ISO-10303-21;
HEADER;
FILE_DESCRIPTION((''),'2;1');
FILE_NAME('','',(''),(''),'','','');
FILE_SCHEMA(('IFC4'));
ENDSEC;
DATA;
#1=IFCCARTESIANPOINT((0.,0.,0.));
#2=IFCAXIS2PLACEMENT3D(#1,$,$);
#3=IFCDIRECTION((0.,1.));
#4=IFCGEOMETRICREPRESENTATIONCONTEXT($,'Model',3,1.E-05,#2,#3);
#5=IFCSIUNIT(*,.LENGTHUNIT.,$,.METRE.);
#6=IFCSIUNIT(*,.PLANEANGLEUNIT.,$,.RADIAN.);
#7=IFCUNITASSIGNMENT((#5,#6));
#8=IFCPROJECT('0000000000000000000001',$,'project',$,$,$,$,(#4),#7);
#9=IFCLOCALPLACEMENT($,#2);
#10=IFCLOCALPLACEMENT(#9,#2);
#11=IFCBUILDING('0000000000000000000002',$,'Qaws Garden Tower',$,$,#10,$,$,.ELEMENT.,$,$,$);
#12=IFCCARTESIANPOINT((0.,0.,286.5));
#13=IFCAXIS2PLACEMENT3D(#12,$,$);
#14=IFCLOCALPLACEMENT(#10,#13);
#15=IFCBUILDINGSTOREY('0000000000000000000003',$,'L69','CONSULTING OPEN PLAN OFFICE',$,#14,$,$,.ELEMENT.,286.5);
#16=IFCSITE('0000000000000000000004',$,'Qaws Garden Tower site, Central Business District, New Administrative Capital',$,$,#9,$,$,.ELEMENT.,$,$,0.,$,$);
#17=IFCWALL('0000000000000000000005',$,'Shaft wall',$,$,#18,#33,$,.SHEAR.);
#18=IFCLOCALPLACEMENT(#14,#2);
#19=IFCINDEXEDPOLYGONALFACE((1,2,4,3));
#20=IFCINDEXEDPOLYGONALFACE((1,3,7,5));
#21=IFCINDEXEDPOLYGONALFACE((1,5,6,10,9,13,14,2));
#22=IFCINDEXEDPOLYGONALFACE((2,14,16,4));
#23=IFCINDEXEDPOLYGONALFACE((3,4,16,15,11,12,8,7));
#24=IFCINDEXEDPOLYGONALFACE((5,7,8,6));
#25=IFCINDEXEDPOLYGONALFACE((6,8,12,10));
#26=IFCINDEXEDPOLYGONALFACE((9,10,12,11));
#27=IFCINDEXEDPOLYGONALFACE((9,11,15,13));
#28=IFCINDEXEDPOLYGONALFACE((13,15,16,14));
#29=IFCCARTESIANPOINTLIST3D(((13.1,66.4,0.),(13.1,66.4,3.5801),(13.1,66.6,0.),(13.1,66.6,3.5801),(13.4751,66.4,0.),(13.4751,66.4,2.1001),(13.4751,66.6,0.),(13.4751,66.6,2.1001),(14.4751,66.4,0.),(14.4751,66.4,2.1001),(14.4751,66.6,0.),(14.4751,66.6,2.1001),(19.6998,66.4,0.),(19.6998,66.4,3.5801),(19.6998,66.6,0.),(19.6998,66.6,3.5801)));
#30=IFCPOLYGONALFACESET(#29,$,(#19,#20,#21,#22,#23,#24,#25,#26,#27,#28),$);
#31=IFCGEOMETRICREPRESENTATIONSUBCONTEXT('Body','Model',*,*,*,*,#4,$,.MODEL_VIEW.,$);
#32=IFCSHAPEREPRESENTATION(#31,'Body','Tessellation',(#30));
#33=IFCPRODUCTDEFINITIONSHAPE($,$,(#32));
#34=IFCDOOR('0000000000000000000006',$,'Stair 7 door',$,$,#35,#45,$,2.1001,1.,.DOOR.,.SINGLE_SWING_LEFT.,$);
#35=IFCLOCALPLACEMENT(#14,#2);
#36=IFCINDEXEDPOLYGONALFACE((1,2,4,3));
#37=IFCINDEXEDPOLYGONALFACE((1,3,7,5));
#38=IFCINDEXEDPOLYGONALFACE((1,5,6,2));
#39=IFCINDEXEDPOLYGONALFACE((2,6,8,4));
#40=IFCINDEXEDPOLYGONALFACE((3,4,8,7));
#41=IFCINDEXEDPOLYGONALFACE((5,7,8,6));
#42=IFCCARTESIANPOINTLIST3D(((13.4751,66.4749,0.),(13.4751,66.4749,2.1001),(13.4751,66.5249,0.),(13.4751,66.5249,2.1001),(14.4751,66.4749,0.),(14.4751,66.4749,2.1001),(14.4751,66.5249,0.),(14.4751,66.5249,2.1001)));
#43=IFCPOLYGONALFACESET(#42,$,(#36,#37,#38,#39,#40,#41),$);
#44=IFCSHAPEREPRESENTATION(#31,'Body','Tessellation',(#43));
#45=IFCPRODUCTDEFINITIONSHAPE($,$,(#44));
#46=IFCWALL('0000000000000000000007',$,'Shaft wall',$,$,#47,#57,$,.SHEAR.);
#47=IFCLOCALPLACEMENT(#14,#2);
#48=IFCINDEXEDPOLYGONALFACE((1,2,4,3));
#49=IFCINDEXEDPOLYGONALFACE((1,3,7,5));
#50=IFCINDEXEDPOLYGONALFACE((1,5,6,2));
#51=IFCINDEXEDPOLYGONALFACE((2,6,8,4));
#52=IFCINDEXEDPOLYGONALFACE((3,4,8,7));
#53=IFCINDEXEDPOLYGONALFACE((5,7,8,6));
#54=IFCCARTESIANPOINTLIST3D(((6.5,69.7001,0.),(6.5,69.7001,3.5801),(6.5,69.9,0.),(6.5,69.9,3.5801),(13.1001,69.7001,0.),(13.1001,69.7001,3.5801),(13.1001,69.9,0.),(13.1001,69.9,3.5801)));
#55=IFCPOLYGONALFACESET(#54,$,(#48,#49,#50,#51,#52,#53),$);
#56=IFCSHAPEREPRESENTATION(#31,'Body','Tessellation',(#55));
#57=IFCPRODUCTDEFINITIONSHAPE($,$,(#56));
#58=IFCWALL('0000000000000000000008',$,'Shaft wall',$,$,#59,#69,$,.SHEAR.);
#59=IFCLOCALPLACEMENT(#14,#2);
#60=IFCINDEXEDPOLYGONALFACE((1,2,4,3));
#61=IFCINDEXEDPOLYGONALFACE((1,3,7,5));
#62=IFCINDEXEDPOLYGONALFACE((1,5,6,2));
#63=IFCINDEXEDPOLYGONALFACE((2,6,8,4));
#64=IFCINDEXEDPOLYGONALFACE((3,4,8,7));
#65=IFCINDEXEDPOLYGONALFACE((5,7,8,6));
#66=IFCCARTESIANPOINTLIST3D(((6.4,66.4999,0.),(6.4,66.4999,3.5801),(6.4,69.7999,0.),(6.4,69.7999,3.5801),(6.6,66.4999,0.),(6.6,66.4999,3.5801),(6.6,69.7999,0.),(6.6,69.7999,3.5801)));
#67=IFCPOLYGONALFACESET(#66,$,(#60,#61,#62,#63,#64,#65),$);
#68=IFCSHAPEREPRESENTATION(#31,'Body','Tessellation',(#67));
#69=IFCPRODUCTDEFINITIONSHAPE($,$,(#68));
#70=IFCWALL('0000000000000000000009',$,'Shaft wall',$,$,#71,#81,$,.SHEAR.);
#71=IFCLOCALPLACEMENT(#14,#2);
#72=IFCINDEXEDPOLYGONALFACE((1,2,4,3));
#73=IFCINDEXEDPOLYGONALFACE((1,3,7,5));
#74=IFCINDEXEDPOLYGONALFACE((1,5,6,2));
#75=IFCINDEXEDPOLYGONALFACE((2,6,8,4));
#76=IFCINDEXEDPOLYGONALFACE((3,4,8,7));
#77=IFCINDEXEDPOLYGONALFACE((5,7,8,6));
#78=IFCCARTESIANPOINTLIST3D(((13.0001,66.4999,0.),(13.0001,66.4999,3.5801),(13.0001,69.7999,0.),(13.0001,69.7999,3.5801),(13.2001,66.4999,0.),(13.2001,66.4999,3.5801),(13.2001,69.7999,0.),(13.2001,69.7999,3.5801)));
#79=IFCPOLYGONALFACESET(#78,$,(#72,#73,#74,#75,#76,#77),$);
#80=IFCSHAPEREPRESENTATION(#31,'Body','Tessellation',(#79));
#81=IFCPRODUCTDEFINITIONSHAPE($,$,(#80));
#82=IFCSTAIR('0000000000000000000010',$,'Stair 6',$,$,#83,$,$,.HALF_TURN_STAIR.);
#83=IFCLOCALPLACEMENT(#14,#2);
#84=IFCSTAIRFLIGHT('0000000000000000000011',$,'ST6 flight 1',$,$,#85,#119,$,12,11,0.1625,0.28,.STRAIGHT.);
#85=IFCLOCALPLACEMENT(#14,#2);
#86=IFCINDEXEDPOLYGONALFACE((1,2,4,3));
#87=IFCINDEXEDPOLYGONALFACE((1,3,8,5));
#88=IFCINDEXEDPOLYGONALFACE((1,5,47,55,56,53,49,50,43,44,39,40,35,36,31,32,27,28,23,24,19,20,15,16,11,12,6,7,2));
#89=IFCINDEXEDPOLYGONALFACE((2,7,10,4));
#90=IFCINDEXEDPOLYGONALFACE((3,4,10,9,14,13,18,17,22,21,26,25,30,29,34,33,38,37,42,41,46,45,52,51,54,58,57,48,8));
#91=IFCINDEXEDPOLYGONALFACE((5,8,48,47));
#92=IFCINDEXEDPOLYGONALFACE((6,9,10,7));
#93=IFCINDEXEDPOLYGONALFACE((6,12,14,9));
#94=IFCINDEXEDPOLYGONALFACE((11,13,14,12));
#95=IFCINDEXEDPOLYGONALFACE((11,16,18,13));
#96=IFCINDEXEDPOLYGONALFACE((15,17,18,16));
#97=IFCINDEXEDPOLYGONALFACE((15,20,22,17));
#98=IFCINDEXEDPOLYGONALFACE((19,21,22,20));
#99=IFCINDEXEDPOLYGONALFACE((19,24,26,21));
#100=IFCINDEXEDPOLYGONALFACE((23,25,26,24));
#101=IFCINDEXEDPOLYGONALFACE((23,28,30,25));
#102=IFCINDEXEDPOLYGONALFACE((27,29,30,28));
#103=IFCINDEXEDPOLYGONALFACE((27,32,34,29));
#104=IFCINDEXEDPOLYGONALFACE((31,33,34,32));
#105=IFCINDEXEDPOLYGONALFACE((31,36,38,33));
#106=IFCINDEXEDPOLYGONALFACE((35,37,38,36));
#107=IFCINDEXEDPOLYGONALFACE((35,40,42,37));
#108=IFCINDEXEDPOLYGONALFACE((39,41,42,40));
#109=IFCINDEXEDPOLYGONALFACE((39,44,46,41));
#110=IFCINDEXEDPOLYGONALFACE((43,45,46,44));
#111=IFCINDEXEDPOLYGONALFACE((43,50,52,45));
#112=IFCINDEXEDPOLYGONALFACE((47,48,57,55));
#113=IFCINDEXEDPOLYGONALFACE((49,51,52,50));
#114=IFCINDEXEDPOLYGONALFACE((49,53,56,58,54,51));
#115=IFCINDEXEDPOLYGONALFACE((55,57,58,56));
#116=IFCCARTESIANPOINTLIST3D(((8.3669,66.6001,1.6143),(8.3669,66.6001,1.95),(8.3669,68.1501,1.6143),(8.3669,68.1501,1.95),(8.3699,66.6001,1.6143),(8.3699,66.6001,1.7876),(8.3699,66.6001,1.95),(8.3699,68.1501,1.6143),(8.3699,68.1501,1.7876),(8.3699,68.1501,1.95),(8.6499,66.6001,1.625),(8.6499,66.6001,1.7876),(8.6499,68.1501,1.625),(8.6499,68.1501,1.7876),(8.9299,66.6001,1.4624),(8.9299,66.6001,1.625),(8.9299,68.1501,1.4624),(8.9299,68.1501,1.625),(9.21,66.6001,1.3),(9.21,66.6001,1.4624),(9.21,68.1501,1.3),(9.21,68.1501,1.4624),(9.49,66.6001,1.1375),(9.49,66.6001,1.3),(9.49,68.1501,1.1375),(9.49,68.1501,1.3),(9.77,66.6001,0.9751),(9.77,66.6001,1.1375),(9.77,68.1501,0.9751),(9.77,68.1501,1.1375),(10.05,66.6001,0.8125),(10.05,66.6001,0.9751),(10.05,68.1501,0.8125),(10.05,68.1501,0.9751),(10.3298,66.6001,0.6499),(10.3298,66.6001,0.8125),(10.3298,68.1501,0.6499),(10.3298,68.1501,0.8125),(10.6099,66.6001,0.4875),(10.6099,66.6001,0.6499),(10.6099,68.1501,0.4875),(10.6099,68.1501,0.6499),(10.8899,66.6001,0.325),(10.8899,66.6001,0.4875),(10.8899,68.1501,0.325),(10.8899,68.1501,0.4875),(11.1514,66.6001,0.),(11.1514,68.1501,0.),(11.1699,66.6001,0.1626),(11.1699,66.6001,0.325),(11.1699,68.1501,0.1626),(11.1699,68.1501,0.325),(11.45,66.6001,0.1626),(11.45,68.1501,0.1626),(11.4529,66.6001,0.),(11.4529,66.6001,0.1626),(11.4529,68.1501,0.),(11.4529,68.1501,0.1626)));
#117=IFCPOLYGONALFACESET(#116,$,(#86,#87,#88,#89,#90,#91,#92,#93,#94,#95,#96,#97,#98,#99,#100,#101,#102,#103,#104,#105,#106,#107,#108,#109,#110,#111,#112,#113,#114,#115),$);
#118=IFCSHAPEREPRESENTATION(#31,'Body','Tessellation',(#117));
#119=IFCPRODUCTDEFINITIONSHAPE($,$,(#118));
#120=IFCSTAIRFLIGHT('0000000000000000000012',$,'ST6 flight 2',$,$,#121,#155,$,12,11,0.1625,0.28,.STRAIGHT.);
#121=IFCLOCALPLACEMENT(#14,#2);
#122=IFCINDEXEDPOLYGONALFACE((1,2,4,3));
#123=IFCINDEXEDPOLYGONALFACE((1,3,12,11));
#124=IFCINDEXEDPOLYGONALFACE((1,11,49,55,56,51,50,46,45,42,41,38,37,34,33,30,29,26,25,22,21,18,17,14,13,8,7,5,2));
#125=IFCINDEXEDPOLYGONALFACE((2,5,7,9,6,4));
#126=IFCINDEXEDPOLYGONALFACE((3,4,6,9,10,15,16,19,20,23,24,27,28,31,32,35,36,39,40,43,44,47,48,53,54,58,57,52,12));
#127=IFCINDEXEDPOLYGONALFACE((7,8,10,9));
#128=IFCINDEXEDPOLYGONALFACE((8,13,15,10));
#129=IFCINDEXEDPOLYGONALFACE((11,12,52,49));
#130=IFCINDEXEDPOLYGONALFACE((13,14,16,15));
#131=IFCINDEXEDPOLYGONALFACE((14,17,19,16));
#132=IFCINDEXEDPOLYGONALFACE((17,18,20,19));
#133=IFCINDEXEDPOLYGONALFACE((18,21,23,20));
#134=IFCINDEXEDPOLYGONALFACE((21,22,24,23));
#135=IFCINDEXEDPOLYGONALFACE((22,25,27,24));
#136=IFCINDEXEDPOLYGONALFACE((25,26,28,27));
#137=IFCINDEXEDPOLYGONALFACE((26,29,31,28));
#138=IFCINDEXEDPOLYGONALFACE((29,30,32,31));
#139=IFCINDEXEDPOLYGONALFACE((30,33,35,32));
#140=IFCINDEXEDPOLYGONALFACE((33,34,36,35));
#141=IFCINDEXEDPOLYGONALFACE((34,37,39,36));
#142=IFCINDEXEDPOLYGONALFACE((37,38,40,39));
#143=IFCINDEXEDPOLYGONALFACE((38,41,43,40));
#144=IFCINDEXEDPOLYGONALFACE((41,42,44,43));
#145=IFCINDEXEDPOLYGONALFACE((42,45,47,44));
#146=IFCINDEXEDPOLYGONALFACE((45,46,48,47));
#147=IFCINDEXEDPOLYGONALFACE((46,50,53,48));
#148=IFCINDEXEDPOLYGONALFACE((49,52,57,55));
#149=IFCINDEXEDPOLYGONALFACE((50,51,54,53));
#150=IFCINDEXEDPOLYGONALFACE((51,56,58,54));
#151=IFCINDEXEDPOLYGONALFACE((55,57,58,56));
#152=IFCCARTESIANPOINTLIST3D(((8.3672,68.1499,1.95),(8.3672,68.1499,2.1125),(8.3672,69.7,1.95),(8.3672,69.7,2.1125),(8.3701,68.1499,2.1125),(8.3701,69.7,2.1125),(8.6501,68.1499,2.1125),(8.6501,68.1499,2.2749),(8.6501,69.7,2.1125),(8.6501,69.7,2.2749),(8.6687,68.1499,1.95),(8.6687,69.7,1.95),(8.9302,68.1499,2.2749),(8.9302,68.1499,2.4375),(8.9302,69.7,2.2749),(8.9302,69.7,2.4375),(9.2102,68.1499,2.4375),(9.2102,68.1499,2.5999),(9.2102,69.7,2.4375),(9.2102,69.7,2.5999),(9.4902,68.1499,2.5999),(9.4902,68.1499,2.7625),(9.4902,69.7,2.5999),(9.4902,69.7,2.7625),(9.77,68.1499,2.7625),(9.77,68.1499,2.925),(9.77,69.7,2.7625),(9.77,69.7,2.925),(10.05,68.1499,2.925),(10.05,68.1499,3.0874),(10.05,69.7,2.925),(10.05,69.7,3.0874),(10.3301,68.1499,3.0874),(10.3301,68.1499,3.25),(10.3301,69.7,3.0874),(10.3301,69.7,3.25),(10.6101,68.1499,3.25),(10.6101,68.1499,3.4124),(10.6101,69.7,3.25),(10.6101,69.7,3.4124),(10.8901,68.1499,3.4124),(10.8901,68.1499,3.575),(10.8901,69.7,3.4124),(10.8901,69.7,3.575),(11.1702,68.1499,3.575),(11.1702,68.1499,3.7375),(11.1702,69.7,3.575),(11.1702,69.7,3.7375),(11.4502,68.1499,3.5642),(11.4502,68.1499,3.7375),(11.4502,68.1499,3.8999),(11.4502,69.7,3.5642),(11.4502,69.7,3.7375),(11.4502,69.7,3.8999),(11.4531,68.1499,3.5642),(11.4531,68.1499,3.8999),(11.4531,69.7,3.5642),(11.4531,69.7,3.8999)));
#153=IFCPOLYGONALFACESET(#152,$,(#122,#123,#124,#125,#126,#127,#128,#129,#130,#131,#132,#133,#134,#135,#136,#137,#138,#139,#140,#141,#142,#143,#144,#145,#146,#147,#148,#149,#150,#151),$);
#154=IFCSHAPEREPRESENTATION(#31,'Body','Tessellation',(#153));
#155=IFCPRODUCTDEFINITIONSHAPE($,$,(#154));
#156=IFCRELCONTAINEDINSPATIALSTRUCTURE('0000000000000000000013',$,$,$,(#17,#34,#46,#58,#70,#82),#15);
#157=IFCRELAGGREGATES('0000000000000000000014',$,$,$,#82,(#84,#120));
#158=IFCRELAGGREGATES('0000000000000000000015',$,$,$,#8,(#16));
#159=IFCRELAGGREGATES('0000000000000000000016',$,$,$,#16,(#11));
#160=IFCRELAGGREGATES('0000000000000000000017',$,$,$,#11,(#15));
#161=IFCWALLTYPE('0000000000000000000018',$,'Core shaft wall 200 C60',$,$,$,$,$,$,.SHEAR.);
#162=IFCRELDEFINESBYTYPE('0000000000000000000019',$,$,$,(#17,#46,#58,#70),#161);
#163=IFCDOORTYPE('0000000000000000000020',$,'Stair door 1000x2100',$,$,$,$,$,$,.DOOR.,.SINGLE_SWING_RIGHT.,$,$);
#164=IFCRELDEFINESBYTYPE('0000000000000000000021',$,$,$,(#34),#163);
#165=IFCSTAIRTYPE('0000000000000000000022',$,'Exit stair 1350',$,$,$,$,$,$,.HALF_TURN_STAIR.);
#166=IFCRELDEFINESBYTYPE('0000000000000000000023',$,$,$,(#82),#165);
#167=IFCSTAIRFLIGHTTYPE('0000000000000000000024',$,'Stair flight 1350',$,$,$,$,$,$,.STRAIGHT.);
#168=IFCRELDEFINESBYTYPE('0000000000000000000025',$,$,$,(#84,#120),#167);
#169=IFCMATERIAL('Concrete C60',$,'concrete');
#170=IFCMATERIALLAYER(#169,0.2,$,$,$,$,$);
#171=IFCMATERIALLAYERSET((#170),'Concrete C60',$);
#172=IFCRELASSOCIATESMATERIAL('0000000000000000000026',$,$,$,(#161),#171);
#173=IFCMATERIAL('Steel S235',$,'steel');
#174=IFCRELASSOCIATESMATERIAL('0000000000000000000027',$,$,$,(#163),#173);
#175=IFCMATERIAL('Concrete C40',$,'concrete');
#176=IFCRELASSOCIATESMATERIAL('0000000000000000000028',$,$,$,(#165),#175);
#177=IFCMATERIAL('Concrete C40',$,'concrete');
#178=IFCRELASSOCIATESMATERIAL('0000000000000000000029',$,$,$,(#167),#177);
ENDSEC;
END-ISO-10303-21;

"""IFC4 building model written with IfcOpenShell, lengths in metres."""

from ifc_helpers import new_model, si_unit, direction, frame, frame_2d, origin, place, context, subcontext, project, spatial, polyline, rectangle, outline, extrude, material, layer, layer_set, type_object, element, fill, aggregate, save


model = new_model("IFC4")

# Units and contexts
model_context = context("Model", 3, precision=1e-05, world=origin(), true_north=direction((0.0, 1.0)))
body_context = subcontext(model_context, "Body", "Model", "MODEL_VIEW")
ifc_project = project(units=[si_unit("LENGTHUNIT", "METRE"), si_unit("PLANEANGLEUNIT", "RADIAN")], contexts=[model_context])

# Site, building, storey
site_placement = place(None, origin())
site = spatial("IfcSite", under=ifc_project, at=site_placement, Name="Qaws Garden Tower site, Central Business District, New Administrative Capital", CompositionType="ELEMENT", RefElevation=0.0)
building_placement = place(site_placement, origin())
building = spatial("IfcBuilding", under=site, at=building_placement, Name="Qaws Garden Tower", CompositionType="ELEMENT")
storey_placement = place(building_placement, frame((0.0, 0.0, 286.5)))
storey = spatial("IfcBuildingStorey", under=building, at=storey_placement, Name="L69", Description="CONSULTING OPEN PLAN OFFICE", CompositionType="ELEMENT", Elevation=286.5)

# Wall, opening, door
ifc_material_1 = material(Name="Concrete C60", Category="concrete")
ifc_layer_1 = layer(ifc_material_1, 0.2)
ifc_layer_set_1 = layer_set([ifc_layer_1], Name="Concrete C60")
wall_type_1 = type_object("IfcWallType", Name="Core shaft wall 200 C60", PredefinedType="SHEAR", material=ifc_layer_set_1)
ifc_material_2 = material(Name="Steel S235", Category="steel")
door_type = type_object("IfcDoorType", Name="Stair door 1000x2100", OperationType="SINGLE_SWING_RIGHT", PredefinedType="DOOR", material=ifc_material_2)
wall_1_placement = place(storey_placement, frame((13.1001, 66.5, 0.0), z_axis=(0.0, 0.0, 1.0), x_axis=(1.0, 0.0, 0.0)))
wall_1 = element("IfcWall", 1, at=wall_1_placement, inside=storey, type_object=wall_type_1, Name="Shaft wall", PredefinedType="SHEAR", context=body_context, shape_type="SweptSolid", body=[
    extrude(rectangle(XDim=6.5999, YDim=0.2, at=frame_2d((3.2998, 0.0))), origin(), (0.0, 0.0, 1.0), 3.5801),
])
opening_1_placement = place(wall_1_placement, frame((0.375, 0.0, 0.0)))
opening_1 = element("IfcOpeningElement", 2, at=opening_1_placement, cuts=wall_1, PredefinedType="OPENING", context=body_context, shape_type="SweptSolid", body=[
    extrude(rectangle(XDim=1.0, YDim=2.1001, at=frame_2d((0.5, 1.05))), frame((0.0, 0.1099, 0.0), z_axis=(0.0, -1.0, 0.0), x_axis=(1.0, 0.0, 0.0)), (0.0, 0.0, 1.0), 0.22),
])
door_1_placement = place(opening_1_placement, origin())
door_1 = element("IfcDoor", 3, at=door_1_placement, inside=storey, type_object=door_type, Name="Stair 7 door", OperationType="SINGLE_SWING_LEFT", OverallHeight=2.1001, OverallWidth=1.0, PredefinedType="DOOR", context=body_context, shape_type="SweptSolid", body=[
    extrude(rectangle(XDim=1.0, YDim=2.1001, at=frame_2d((0.5, 1.05))), frame((0.0, 0.0249, 0.0), z_axis=(0.0, -1.0, 0.0), x_axis=(1.0, 0.0, 0.0)), (0.0, 0.0, 1.0), 0.05),
])
fill(opening_1, door_1)

# Walls
wall_2_placement = place(storey_placement, frame((6.5, 69.8, 0.0), z_axis=(0.0, 0.0, 1.0), x_axis=(1.0, 0.0, 0.0)))
element("IfcWall", 4, at=wall_2_placement, inside=storey, type_object=wall_type_1, Name="Shaft wall", PredefinedType="SHEAR", context=body_context, shape_type="SweptSolid", body=[
    extrude(rectangle(XDim=6.6001, YDim=0.2, at=frame_2d((3.3, 0.0))), origin(), (0.0, 0.0, 1.0), 3.5801),
])
for number, where, z_axis, x_axis, name in (
    (5, (6.5, 66.5, 0.0), (0.0, 0.0, 1.0), (0.0, 1.0, 0.0), "Shaft wall"),
    (6, (13.1001, 66.5, 0.0), (0.0, 0.0, 1.0), (0.0, 1.0, 0.0), "Shaft wall"),
):
    element("IfcWall", number, at=place(storey_placement, frame(where, z_axis=z_axis, x_axis=x_axis)), inside=storey, type_object=wall_type_1, Name=name, PredefinedType="SHEAR", context=body_context, shape_type="SweptSolid", body=[
        extrude(rectangle(XDim=3.3, YDim=0.2, at=frame_2d((1.6499, 0.0))), origin(), (0.0, 0.0, 1.0), 3.5801),
    ])

# Stair, stair flights
ifc_material_3 = material(Name="Concrete C40", Category="concrete")
stair_type = type_object("IfcStairType", Name="Exit stair 1350", PredefinedType="HALF_TURN_STAIR", material=ifc_material_3)
stair_placement = place(storey_placement, origin())
stair = element("IfcStair", 7, at=stair_placement, inside=storey, type_object=stair_type, Name="Stair 6", PredefinedType="HALF_TURN_STAIR")
ifc_material_4 = material(Name="Concrete C40", Category="concrete")
stair_flight_type = type_object("IfcStairFlightType", Name="Stair flight 1350", PredefinedType="STRAIGHT", material=ifc_material_4)
stair_flight_1_placement = place(storey_placement, frame((11.45, 67.375, 0.0), z_axis=(0.0, 0.0, 1.0), x_axis=(-1.0, 0.0, 0.0)))
stair_flight_1 = element("IfcStairFlight", 8, at=stair_flight_1_placement, type_object=stair_flight_type, Name="ST6 flight 1", NumberOfRisers=12, NumberOfTreads=11, PredefinedType="STRAIGHT", RiserHeight=0.1625, TreadLength=0.28, context=body_context, shape_type="SweptSolid", body=[
    extrude(outline(polyline([(-0.0029, 0.0), (-0.0029, 0.1626), (0.0, 0.1626), (0.28, 0.1626), (0.28, 0.325), (0.5601, 0.325), (0.5601, 0.4875), (0.8401, 0.4875), (0.8401, 0.6499), (1.1201, 0.6499), (1.1201, 0.8125), (1.3999, 0.8125), (1.3999, 0.9751), (1.6799, 0.9751), (1.6799, 1.1375), (1.96, 1.1375), (1.96, 1.3), (2.24, 1.3), (2.24, 1.4624), (2.52, 1.4624), (2.52, 1.625), (2.8, 1.625), (2.8, 1.7876), (3.0801, 1.7876), (3.0801, 1.95), (3.083, 1.95), (3.083, 1.6143), (3.0801, 1.6143), (0.2986, 0.0), (-0.0029, 0.0)])), frame((0.0, 0.7749, 0.0), z_axis=(0.0, -1.0, 0.0), x_axis=(1.0, 0.0, 0.0)), (0.0, 0.0, 1.0), 1.55),
])
stair_flight_2_placement = place(storey_placement, frame((8.3701, 68.925, 1.95), z_axis=(0.0, 0.0, 1.0), x_axis=(1.0, 0.0, 0.0)))
stair_flight_2 = element("IfcStairFlight", 9, at=stair_flight_2_placement, type_object=stair_flight_type, Name="ST6 flight 2", NumberOfRisers=12, NumberOfTreads=11, PredefinedType="STRAIGHT", RiserHeight=0.1625, TreadLength=0.28, context=body_context, shape_type="SweptSolid", body=[
    extrude(outline(polyline([(-0.0029, 0.0), (-0.0029, 0.1626), (0.0, 0.1626), (0.28, 0.1626), (0.28, 0.325), (0.5601, 0.325), (0.5601, 0.4875), (0.8401, 0.4875), (0.8401, 0.6499), (1.1201, 0.6499), (1.1201, 0.8125), (1.3999, 0.8125), (1.3999, 0.9751), (1.6799, 0.9751), (1.6799, 1.1375), (1.96, 1.1375), (1.96, 1.3), (2.24, 1.3), (2.24, 1.4624), (2.52, 1.4624), (2.52, 1.625), (2.8, 1.625), (2.8, 1.7876), (3.0801, 1.7876), (3.0801, 1.95), (3.083, 1.95), (3.083, 1.6143), (3.0801, 1.6143), (0.2986, 0.0), (-0.0029, 0.0)])), frame((0.0, 0.7749, 0.0), z_axis=(0.0, -1.0, 0.0), x_axis=(1.0, 0.0, 0.0)), (0.0, 0.0, 1.0), 1.55),
])
aggregate(stair, [stair_flight_1, stair_flight_2])

save(model, "model.ifc")
